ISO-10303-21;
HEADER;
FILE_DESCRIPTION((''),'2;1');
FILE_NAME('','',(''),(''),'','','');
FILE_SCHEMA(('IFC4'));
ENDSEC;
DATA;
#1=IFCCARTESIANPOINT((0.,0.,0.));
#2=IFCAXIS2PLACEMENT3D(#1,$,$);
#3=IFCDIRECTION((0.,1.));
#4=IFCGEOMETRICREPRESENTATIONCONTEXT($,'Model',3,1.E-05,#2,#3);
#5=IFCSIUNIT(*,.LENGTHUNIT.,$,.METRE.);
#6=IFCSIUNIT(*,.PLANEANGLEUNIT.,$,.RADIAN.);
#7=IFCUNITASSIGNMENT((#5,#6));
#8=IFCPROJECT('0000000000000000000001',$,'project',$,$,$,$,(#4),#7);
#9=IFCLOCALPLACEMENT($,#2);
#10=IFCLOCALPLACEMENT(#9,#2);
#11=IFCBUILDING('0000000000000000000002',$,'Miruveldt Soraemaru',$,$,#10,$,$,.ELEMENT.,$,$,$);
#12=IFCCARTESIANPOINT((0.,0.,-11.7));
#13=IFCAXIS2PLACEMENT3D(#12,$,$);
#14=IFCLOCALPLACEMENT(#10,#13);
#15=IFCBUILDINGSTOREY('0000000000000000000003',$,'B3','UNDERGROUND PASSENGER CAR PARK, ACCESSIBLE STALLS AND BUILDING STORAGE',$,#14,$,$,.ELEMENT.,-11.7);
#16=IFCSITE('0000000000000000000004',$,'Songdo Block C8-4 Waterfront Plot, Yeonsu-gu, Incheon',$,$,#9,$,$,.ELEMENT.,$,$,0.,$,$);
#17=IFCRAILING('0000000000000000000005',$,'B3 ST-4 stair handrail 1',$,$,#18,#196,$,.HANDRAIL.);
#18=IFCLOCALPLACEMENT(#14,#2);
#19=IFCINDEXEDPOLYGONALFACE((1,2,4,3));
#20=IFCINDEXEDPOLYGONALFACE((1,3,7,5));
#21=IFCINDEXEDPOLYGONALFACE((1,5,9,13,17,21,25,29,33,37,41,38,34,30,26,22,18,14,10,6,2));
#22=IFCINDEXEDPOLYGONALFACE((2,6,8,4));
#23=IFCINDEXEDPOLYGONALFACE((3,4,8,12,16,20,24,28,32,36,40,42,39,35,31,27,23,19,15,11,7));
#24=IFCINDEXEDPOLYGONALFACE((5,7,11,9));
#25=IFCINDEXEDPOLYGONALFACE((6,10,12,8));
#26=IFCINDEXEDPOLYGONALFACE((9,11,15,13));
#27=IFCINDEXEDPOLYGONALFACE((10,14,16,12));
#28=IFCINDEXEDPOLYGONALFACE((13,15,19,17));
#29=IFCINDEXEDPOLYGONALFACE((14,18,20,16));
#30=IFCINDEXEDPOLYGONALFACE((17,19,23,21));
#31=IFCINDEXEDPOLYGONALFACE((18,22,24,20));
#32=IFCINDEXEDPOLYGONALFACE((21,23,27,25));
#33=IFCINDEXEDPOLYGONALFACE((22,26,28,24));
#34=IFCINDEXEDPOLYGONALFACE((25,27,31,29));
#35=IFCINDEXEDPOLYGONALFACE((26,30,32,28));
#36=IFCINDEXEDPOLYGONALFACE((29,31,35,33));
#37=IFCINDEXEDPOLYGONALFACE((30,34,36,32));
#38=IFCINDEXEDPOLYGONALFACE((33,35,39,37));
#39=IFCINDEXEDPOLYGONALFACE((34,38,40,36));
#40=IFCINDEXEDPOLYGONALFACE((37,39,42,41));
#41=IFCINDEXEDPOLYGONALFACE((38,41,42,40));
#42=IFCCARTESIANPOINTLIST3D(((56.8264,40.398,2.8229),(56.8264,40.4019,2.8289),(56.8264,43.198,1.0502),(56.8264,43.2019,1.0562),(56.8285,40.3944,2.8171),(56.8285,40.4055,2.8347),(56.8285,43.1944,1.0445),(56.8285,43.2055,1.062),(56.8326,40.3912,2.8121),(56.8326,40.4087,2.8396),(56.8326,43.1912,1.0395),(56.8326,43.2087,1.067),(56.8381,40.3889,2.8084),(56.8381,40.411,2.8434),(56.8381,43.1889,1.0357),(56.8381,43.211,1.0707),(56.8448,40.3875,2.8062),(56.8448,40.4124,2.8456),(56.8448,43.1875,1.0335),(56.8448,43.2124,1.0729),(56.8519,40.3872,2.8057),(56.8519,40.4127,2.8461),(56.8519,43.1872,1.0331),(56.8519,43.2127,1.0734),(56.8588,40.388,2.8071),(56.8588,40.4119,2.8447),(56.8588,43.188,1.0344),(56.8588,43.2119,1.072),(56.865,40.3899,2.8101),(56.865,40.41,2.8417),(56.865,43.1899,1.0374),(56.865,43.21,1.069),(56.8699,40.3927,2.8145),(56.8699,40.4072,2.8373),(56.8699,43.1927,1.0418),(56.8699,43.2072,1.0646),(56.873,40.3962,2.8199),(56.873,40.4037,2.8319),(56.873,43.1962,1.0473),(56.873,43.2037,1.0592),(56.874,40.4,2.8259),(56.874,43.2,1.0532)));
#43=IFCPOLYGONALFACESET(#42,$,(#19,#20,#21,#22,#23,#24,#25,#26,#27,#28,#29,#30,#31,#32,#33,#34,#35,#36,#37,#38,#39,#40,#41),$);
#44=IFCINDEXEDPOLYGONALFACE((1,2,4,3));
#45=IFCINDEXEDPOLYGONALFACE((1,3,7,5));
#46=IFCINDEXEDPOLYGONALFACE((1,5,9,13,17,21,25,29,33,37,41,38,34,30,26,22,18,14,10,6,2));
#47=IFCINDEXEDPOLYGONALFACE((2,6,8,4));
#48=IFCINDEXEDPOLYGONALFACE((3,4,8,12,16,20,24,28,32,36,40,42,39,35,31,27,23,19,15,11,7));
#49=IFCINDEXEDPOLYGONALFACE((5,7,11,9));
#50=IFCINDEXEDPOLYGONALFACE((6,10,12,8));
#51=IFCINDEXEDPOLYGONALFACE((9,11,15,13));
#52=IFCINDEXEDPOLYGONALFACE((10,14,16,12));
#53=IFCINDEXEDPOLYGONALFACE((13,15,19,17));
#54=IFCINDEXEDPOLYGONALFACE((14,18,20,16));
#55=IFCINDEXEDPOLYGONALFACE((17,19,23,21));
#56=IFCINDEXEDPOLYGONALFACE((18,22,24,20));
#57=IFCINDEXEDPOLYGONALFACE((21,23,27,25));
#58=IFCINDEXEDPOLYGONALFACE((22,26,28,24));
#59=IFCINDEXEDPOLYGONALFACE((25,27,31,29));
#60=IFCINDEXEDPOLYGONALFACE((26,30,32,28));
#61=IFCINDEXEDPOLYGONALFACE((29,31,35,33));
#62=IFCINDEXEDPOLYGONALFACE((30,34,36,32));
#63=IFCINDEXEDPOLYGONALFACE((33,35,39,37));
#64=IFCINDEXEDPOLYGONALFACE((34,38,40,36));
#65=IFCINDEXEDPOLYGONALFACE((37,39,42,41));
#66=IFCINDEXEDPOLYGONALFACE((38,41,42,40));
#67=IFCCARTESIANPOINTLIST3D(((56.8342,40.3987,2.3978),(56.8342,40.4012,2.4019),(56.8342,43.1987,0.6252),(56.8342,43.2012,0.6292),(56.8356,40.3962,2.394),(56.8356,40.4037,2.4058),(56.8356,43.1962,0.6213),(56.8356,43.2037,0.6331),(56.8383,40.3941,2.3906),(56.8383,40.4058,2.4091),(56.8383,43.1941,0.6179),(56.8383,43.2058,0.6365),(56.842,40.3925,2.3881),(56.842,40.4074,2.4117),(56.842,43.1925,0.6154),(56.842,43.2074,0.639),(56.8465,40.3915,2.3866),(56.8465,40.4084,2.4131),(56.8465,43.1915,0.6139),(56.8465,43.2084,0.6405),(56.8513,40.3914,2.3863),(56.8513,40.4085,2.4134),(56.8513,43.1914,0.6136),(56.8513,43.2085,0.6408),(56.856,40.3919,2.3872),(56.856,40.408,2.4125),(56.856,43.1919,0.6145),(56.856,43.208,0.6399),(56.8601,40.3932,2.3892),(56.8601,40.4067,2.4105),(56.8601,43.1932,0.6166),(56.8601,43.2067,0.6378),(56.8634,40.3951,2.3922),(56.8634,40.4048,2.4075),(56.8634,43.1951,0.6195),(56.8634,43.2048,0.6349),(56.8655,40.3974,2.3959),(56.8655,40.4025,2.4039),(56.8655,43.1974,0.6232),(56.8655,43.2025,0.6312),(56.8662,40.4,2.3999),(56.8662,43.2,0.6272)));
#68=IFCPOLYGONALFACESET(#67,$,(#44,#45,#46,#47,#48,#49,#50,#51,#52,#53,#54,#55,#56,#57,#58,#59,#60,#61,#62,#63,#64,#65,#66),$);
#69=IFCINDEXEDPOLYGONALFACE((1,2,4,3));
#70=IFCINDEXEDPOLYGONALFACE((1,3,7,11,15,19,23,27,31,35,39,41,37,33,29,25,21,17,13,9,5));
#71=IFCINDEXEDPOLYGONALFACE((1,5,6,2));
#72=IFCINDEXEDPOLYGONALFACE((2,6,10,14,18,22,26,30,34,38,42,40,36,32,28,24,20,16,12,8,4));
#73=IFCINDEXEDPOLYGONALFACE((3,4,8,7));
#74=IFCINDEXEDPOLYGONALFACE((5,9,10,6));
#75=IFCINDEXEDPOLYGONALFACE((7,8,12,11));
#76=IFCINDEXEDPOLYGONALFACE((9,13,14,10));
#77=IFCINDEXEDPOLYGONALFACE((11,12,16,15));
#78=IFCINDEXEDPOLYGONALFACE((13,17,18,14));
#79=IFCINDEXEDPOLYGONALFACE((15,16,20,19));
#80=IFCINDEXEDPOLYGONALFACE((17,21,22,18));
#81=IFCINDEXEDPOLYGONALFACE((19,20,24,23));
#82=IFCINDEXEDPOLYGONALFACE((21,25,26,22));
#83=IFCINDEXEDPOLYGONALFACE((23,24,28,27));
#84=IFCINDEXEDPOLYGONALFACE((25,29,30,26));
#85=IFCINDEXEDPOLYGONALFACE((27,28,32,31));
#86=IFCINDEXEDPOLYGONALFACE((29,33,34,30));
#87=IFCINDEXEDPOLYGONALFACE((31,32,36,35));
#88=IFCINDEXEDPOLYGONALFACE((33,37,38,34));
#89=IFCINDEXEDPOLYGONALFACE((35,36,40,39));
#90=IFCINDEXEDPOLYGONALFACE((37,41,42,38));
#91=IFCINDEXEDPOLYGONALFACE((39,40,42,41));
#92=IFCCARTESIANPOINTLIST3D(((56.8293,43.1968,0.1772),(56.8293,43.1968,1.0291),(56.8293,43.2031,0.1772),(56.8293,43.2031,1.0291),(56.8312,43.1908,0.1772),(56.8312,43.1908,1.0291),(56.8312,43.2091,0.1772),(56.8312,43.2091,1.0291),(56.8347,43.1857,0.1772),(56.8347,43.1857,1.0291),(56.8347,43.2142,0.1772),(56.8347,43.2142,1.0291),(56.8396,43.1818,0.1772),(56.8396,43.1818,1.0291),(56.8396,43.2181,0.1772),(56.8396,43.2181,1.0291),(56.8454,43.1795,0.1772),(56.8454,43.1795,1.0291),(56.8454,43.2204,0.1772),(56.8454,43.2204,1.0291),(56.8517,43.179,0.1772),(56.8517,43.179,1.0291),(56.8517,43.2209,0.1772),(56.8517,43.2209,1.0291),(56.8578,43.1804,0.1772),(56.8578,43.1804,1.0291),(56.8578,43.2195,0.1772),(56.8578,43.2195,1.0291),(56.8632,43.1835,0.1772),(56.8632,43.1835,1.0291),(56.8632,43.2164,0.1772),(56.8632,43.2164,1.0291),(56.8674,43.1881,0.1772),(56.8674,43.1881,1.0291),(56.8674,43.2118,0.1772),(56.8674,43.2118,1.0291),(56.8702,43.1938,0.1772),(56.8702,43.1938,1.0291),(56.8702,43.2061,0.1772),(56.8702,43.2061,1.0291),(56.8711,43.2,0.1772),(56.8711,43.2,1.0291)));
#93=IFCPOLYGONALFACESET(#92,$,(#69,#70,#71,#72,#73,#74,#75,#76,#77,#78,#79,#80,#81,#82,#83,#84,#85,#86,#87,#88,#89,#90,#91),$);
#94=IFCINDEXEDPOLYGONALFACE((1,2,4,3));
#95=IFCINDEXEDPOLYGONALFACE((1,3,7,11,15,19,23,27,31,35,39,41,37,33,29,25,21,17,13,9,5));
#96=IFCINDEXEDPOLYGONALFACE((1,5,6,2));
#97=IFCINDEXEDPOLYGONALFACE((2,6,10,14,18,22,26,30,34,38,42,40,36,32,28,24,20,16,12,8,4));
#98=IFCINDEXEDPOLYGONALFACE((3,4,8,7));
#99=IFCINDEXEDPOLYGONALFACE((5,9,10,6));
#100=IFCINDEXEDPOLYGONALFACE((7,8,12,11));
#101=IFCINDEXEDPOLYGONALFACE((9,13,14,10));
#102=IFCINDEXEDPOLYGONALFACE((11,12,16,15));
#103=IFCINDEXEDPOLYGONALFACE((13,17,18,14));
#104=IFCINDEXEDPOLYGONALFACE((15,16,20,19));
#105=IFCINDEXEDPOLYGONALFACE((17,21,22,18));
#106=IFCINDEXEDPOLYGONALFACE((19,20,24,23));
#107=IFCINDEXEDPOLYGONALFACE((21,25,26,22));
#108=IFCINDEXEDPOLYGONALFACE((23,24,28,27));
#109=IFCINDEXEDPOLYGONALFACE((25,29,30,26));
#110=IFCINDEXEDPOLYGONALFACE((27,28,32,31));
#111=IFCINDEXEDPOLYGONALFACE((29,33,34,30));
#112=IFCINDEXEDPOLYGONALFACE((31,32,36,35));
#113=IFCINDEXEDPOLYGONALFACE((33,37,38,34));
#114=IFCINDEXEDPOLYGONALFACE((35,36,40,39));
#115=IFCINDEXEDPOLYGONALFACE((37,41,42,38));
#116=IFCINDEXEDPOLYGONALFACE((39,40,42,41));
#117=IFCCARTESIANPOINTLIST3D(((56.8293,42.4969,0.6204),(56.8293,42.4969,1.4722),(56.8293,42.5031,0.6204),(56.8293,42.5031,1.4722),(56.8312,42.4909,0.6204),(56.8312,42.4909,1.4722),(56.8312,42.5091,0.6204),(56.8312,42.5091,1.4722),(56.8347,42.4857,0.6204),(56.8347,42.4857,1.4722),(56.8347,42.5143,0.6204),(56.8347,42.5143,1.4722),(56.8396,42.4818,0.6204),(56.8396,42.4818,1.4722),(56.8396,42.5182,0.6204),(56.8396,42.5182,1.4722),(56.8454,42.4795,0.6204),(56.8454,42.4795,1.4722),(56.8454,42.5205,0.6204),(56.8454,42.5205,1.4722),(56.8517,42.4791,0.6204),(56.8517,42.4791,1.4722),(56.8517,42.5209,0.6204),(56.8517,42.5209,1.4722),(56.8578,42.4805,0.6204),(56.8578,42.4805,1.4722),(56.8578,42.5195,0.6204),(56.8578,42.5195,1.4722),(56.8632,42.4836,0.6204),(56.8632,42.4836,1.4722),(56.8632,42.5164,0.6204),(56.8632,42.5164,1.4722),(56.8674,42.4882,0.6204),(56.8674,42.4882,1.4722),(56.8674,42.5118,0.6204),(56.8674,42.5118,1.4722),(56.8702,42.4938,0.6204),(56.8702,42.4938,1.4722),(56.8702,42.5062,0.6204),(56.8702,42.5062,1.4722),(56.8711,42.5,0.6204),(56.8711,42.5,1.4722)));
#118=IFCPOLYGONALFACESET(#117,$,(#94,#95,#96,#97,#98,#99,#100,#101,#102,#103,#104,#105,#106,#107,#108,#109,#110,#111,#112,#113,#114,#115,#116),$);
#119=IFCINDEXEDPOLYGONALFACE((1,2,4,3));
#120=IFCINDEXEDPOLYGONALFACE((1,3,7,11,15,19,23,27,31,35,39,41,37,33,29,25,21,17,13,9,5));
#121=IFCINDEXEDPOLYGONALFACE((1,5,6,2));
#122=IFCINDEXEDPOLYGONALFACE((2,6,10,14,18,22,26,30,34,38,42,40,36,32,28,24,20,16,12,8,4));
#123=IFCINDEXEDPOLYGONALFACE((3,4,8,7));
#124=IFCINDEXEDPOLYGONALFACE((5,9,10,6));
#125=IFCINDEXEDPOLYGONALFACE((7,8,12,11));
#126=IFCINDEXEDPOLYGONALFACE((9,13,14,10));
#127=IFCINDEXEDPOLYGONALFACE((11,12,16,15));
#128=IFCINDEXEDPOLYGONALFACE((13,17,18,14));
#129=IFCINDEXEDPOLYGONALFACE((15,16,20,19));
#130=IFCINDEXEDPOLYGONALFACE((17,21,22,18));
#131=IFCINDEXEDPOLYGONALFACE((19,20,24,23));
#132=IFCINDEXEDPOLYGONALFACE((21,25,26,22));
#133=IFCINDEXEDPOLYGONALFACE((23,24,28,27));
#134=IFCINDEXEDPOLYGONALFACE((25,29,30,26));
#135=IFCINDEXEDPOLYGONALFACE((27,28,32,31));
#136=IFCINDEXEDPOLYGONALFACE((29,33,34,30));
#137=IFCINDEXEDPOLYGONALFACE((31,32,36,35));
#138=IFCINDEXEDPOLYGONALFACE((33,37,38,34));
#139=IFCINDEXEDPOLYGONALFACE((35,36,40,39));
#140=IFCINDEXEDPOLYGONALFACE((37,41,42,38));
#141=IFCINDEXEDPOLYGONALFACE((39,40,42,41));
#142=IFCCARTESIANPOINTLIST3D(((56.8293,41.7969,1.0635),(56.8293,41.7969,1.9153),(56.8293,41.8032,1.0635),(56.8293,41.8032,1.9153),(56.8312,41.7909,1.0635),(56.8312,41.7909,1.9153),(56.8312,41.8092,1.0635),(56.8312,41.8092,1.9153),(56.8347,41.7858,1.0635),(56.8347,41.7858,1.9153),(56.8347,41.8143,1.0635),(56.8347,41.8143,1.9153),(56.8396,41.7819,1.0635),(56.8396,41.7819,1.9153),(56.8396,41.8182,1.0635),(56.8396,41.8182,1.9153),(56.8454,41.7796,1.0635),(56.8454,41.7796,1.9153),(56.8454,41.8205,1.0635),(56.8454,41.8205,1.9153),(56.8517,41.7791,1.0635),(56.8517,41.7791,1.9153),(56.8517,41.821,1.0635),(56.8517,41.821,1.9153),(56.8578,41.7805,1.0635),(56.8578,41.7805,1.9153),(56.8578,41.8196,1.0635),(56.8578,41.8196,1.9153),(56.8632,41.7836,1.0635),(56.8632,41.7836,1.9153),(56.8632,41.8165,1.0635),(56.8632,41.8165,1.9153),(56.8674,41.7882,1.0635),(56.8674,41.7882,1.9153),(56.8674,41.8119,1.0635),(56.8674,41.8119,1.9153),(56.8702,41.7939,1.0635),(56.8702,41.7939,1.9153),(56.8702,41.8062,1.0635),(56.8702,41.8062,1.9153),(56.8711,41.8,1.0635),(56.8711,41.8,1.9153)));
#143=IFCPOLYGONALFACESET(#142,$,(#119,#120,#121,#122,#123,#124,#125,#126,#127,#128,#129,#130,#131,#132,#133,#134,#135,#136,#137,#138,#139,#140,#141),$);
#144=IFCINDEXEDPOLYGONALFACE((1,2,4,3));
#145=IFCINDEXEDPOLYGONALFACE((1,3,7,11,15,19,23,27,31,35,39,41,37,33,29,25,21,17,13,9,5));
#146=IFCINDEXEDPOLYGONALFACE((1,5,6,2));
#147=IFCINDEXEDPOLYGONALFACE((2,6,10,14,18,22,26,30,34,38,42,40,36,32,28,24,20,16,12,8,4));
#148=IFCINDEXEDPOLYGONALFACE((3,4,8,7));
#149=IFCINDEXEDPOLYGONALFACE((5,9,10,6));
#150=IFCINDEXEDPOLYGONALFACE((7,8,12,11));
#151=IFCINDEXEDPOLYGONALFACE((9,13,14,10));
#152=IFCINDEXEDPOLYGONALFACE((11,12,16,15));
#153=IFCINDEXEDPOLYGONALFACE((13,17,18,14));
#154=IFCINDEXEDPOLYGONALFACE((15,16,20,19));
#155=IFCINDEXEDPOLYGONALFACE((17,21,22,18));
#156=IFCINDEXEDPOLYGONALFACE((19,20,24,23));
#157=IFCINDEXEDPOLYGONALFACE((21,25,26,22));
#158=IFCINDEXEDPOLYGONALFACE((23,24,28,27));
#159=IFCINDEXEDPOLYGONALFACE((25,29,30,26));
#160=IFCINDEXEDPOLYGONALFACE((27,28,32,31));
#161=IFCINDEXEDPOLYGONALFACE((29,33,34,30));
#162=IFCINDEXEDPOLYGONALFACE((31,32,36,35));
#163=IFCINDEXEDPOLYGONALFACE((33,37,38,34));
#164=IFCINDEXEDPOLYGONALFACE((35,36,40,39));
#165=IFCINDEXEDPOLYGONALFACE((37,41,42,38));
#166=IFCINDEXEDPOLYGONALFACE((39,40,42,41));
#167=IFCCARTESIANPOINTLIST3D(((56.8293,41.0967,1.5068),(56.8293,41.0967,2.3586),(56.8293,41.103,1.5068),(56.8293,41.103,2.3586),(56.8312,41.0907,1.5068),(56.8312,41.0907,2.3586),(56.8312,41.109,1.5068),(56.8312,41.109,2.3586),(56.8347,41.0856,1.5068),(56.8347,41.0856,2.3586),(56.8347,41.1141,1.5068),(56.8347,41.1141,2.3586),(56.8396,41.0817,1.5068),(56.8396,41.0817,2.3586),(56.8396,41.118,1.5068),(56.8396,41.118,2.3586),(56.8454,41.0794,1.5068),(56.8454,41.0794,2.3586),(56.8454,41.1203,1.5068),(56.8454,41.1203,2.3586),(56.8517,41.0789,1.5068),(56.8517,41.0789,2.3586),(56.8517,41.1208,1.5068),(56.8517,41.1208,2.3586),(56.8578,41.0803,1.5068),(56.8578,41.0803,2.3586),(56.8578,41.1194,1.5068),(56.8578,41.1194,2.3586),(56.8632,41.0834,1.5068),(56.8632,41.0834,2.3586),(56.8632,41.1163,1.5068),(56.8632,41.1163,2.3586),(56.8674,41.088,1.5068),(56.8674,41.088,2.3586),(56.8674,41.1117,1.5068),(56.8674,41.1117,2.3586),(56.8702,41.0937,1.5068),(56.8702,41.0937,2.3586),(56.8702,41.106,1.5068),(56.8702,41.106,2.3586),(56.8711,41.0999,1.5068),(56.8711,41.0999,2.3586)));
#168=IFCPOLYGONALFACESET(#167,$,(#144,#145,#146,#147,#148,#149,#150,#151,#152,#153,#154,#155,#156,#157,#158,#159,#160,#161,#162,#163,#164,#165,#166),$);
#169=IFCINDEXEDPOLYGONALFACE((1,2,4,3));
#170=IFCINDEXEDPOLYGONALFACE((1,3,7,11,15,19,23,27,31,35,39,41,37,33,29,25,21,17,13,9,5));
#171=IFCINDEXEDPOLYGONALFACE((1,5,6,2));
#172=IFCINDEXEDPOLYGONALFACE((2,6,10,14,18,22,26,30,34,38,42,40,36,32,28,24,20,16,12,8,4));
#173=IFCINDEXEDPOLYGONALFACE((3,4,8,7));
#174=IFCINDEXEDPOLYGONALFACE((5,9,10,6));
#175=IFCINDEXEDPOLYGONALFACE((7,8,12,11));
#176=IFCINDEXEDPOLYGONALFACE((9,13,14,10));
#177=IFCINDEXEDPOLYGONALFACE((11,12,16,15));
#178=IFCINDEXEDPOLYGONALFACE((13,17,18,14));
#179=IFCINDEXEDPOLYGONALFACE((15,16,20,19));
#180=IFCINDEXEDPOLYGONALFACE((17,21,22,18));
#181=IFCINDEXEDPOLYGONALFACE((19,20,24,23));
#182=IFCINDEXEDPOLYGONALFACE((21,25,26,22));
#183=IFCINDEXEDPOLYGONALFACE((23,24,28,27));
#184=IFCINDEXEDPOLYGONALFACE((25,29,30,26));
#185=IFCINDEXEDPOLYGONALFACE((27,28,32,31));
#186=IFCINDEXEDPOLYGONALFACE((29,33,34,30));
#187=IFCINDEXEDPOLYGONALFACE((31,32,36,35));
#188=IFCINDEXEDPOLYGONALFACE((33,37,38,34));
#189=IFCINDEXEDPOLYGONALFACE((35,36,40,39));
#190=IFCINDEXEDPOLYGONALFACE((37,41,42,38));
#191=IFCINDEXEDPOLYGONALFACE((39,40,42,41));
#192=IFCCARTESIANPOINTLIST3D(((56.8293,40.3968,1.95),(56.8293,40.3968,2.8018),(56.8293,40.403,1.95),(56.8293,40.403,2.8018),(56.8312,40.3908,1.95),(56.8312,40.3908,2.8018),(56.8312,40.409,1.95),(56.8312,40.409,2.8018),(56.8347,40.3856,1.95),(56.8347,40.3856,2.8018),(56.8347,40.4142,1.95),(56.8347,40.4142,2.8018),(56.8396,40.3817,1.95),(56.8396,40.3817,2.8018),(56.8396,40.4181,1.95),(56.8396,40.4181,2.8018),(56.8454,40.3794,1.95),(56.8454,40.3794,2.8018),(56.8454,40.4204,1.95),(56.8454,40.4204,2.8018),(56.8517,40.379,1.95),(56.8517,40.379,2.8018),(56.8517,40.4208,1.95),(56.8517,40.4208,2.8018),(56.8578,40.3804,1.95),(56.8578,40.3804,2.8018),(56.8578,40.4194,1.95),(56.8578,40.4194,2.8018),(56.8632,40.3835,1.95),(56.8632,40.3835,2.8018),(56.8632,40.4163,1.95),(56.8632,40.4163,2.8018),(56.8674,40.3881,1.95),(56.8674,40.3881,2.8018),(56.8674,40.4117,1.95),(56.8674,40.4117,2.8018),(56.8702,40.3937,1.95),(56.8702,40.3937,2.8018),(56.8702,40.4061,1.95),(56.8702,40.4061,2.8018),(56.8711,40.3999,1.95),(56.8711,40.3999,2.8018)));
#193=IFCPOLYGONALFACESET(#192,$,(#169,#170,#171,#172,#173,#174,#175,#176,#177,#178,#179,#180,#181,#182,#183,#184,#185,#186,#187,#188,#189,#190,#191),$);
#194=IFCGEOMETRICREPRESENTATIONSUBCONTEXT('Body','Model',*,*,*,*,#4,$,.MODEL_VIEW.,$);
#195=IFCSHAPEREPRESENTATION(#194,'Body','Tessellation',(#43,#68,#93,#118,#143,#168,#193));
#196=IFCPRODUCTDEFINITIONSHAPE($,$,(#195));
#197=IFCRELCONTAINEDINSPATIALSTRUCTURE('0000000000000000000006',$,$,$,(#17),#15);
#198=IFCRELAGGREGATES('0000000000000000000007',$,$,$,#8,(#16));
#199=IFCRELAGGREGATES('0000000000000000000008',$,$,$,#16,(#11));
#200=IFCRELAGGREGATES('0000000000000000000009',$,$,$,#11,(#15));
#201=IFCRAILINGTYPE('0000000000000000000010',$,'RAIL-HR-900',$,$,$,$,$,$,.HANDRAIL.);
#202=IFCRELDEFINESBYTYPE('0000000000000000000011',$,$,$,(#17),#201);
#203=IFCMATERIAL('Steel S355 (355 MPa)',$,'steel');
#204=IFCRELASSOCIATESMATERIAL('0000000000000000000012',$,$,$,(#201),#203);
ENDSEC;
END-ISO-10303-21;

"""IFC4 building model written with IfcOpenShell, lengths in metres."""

from ifc_helpers import new_model, si_unit, direction, frame, origin, origin_2d, place, context, subcontext, project, spatial, circle, extrude, material, type_object, element, save


model = new_model("IFC4")

# Units and contexts
model_context = context("Model", 3, precision=1e-05, world=origin(), true_north=direction((0.0, 1.0)))
body_context = subcontext(model_context, "Body", "Model", "MODEL_VIEW")
ifc_project = project(units=[si_unit("LENGTHUNIT", "METRE"), si_unit("PLANEANGLEUNIT", "RADIAN")], contexts=[model_context])

# Site, building, storey
site_placement = place(None, origin())
site = spatial("IfcSite", under=ifc_project, at=site_placement, Name="Songdo Block C8-4 Waterfront Plot, Yeonsu-gu, Incheon", CompositionType="ELEMENT", RefElevation=0.0)
building_placement = place(site_placement, origin())
building = spatial("IfcBuilding", under=site, at=building_placement, Name="Miruveldt Soraemaru", CompositionType="ELEMENT")
storey_placement = place(building_placement, frame((0.0, 0.0, -11.7)))
storey = spatial("IfcBuildingStorey", under=building, at=storey_placement, Name="B3", Description="UNDERGROUND PASSENGER CAR PARK, ACCESSIBLE STALLS AND BUILDING STORAGE", CompositionType="ELEMENT", Elevation=-11.7)

# Shared definitions
ifc_material_1 = material(Name="Steel S355 (355 MPa)", Category="steel")

# Railing
railing_type_1 = type_object("IfcRailingType", Name="RAIL-HR-900", PredefinedType="HANDRAIL", material=ifc_material_1)
railing_1_placement = place(storey_placement, frame((56.8501, 43.2, 0.1772)))
element("IfcRailing", 1, at=railing_1_placement, inside=storey, type_object=railing_type_1, Name="B3 ST-4 stair handrail 1", PredefinedType="HANDRAIL", context=body_context, shape_type="SweptSolid", body=[
    extrude(circle(Radius=0.0239, at=origin_2d()), frame((0.0, 0.0, 0.876), z_axis=(0.0, -0.844909, 0.53491), x_axis=(1.0, 0.0, 0.0)), (0.0, 0.0, 1.0), 3.314),
    extrude(circle(Radius=0.0161, at=origin_2d()), frame((0.0, 0.0, 0.45), z_axis=(0.0, -0.844909, 0.53491), x_axis=(1.0, 0.0, 0.0)), (0.0, 0.0, 1.0), 3.314),
    extrude(circle(Radius=0.021, at=origin_2d()), origin(), (0.0, 0.0, 1.0), 0.8518),
    extrude(circle(Radius=0.021, at=origin_2d()), frame((0.0, -0.7, 0.4431)), (0.0, 0.0, 1.0), 0.8518),
    extrude(circle(Radius=0.021, at=origin_2d()), frame((0.0, -1.3999, 0.8862)), (0.0, 0.0, 1.0), 0.8518),
    extrude(circle(Radius=0.021, at=origin_2d()), frame((0.0, -2.1001, 1.3296)), (0.0, 0.0, 1.0), 0.8518),
    extrude(circle(Radius=0.021, at=origin_2d()), frame((0.0, -2.8, 1.7727)), (0.0, 0.0, 1.0), 0.8518),
])

save(model, "model.ifc")
